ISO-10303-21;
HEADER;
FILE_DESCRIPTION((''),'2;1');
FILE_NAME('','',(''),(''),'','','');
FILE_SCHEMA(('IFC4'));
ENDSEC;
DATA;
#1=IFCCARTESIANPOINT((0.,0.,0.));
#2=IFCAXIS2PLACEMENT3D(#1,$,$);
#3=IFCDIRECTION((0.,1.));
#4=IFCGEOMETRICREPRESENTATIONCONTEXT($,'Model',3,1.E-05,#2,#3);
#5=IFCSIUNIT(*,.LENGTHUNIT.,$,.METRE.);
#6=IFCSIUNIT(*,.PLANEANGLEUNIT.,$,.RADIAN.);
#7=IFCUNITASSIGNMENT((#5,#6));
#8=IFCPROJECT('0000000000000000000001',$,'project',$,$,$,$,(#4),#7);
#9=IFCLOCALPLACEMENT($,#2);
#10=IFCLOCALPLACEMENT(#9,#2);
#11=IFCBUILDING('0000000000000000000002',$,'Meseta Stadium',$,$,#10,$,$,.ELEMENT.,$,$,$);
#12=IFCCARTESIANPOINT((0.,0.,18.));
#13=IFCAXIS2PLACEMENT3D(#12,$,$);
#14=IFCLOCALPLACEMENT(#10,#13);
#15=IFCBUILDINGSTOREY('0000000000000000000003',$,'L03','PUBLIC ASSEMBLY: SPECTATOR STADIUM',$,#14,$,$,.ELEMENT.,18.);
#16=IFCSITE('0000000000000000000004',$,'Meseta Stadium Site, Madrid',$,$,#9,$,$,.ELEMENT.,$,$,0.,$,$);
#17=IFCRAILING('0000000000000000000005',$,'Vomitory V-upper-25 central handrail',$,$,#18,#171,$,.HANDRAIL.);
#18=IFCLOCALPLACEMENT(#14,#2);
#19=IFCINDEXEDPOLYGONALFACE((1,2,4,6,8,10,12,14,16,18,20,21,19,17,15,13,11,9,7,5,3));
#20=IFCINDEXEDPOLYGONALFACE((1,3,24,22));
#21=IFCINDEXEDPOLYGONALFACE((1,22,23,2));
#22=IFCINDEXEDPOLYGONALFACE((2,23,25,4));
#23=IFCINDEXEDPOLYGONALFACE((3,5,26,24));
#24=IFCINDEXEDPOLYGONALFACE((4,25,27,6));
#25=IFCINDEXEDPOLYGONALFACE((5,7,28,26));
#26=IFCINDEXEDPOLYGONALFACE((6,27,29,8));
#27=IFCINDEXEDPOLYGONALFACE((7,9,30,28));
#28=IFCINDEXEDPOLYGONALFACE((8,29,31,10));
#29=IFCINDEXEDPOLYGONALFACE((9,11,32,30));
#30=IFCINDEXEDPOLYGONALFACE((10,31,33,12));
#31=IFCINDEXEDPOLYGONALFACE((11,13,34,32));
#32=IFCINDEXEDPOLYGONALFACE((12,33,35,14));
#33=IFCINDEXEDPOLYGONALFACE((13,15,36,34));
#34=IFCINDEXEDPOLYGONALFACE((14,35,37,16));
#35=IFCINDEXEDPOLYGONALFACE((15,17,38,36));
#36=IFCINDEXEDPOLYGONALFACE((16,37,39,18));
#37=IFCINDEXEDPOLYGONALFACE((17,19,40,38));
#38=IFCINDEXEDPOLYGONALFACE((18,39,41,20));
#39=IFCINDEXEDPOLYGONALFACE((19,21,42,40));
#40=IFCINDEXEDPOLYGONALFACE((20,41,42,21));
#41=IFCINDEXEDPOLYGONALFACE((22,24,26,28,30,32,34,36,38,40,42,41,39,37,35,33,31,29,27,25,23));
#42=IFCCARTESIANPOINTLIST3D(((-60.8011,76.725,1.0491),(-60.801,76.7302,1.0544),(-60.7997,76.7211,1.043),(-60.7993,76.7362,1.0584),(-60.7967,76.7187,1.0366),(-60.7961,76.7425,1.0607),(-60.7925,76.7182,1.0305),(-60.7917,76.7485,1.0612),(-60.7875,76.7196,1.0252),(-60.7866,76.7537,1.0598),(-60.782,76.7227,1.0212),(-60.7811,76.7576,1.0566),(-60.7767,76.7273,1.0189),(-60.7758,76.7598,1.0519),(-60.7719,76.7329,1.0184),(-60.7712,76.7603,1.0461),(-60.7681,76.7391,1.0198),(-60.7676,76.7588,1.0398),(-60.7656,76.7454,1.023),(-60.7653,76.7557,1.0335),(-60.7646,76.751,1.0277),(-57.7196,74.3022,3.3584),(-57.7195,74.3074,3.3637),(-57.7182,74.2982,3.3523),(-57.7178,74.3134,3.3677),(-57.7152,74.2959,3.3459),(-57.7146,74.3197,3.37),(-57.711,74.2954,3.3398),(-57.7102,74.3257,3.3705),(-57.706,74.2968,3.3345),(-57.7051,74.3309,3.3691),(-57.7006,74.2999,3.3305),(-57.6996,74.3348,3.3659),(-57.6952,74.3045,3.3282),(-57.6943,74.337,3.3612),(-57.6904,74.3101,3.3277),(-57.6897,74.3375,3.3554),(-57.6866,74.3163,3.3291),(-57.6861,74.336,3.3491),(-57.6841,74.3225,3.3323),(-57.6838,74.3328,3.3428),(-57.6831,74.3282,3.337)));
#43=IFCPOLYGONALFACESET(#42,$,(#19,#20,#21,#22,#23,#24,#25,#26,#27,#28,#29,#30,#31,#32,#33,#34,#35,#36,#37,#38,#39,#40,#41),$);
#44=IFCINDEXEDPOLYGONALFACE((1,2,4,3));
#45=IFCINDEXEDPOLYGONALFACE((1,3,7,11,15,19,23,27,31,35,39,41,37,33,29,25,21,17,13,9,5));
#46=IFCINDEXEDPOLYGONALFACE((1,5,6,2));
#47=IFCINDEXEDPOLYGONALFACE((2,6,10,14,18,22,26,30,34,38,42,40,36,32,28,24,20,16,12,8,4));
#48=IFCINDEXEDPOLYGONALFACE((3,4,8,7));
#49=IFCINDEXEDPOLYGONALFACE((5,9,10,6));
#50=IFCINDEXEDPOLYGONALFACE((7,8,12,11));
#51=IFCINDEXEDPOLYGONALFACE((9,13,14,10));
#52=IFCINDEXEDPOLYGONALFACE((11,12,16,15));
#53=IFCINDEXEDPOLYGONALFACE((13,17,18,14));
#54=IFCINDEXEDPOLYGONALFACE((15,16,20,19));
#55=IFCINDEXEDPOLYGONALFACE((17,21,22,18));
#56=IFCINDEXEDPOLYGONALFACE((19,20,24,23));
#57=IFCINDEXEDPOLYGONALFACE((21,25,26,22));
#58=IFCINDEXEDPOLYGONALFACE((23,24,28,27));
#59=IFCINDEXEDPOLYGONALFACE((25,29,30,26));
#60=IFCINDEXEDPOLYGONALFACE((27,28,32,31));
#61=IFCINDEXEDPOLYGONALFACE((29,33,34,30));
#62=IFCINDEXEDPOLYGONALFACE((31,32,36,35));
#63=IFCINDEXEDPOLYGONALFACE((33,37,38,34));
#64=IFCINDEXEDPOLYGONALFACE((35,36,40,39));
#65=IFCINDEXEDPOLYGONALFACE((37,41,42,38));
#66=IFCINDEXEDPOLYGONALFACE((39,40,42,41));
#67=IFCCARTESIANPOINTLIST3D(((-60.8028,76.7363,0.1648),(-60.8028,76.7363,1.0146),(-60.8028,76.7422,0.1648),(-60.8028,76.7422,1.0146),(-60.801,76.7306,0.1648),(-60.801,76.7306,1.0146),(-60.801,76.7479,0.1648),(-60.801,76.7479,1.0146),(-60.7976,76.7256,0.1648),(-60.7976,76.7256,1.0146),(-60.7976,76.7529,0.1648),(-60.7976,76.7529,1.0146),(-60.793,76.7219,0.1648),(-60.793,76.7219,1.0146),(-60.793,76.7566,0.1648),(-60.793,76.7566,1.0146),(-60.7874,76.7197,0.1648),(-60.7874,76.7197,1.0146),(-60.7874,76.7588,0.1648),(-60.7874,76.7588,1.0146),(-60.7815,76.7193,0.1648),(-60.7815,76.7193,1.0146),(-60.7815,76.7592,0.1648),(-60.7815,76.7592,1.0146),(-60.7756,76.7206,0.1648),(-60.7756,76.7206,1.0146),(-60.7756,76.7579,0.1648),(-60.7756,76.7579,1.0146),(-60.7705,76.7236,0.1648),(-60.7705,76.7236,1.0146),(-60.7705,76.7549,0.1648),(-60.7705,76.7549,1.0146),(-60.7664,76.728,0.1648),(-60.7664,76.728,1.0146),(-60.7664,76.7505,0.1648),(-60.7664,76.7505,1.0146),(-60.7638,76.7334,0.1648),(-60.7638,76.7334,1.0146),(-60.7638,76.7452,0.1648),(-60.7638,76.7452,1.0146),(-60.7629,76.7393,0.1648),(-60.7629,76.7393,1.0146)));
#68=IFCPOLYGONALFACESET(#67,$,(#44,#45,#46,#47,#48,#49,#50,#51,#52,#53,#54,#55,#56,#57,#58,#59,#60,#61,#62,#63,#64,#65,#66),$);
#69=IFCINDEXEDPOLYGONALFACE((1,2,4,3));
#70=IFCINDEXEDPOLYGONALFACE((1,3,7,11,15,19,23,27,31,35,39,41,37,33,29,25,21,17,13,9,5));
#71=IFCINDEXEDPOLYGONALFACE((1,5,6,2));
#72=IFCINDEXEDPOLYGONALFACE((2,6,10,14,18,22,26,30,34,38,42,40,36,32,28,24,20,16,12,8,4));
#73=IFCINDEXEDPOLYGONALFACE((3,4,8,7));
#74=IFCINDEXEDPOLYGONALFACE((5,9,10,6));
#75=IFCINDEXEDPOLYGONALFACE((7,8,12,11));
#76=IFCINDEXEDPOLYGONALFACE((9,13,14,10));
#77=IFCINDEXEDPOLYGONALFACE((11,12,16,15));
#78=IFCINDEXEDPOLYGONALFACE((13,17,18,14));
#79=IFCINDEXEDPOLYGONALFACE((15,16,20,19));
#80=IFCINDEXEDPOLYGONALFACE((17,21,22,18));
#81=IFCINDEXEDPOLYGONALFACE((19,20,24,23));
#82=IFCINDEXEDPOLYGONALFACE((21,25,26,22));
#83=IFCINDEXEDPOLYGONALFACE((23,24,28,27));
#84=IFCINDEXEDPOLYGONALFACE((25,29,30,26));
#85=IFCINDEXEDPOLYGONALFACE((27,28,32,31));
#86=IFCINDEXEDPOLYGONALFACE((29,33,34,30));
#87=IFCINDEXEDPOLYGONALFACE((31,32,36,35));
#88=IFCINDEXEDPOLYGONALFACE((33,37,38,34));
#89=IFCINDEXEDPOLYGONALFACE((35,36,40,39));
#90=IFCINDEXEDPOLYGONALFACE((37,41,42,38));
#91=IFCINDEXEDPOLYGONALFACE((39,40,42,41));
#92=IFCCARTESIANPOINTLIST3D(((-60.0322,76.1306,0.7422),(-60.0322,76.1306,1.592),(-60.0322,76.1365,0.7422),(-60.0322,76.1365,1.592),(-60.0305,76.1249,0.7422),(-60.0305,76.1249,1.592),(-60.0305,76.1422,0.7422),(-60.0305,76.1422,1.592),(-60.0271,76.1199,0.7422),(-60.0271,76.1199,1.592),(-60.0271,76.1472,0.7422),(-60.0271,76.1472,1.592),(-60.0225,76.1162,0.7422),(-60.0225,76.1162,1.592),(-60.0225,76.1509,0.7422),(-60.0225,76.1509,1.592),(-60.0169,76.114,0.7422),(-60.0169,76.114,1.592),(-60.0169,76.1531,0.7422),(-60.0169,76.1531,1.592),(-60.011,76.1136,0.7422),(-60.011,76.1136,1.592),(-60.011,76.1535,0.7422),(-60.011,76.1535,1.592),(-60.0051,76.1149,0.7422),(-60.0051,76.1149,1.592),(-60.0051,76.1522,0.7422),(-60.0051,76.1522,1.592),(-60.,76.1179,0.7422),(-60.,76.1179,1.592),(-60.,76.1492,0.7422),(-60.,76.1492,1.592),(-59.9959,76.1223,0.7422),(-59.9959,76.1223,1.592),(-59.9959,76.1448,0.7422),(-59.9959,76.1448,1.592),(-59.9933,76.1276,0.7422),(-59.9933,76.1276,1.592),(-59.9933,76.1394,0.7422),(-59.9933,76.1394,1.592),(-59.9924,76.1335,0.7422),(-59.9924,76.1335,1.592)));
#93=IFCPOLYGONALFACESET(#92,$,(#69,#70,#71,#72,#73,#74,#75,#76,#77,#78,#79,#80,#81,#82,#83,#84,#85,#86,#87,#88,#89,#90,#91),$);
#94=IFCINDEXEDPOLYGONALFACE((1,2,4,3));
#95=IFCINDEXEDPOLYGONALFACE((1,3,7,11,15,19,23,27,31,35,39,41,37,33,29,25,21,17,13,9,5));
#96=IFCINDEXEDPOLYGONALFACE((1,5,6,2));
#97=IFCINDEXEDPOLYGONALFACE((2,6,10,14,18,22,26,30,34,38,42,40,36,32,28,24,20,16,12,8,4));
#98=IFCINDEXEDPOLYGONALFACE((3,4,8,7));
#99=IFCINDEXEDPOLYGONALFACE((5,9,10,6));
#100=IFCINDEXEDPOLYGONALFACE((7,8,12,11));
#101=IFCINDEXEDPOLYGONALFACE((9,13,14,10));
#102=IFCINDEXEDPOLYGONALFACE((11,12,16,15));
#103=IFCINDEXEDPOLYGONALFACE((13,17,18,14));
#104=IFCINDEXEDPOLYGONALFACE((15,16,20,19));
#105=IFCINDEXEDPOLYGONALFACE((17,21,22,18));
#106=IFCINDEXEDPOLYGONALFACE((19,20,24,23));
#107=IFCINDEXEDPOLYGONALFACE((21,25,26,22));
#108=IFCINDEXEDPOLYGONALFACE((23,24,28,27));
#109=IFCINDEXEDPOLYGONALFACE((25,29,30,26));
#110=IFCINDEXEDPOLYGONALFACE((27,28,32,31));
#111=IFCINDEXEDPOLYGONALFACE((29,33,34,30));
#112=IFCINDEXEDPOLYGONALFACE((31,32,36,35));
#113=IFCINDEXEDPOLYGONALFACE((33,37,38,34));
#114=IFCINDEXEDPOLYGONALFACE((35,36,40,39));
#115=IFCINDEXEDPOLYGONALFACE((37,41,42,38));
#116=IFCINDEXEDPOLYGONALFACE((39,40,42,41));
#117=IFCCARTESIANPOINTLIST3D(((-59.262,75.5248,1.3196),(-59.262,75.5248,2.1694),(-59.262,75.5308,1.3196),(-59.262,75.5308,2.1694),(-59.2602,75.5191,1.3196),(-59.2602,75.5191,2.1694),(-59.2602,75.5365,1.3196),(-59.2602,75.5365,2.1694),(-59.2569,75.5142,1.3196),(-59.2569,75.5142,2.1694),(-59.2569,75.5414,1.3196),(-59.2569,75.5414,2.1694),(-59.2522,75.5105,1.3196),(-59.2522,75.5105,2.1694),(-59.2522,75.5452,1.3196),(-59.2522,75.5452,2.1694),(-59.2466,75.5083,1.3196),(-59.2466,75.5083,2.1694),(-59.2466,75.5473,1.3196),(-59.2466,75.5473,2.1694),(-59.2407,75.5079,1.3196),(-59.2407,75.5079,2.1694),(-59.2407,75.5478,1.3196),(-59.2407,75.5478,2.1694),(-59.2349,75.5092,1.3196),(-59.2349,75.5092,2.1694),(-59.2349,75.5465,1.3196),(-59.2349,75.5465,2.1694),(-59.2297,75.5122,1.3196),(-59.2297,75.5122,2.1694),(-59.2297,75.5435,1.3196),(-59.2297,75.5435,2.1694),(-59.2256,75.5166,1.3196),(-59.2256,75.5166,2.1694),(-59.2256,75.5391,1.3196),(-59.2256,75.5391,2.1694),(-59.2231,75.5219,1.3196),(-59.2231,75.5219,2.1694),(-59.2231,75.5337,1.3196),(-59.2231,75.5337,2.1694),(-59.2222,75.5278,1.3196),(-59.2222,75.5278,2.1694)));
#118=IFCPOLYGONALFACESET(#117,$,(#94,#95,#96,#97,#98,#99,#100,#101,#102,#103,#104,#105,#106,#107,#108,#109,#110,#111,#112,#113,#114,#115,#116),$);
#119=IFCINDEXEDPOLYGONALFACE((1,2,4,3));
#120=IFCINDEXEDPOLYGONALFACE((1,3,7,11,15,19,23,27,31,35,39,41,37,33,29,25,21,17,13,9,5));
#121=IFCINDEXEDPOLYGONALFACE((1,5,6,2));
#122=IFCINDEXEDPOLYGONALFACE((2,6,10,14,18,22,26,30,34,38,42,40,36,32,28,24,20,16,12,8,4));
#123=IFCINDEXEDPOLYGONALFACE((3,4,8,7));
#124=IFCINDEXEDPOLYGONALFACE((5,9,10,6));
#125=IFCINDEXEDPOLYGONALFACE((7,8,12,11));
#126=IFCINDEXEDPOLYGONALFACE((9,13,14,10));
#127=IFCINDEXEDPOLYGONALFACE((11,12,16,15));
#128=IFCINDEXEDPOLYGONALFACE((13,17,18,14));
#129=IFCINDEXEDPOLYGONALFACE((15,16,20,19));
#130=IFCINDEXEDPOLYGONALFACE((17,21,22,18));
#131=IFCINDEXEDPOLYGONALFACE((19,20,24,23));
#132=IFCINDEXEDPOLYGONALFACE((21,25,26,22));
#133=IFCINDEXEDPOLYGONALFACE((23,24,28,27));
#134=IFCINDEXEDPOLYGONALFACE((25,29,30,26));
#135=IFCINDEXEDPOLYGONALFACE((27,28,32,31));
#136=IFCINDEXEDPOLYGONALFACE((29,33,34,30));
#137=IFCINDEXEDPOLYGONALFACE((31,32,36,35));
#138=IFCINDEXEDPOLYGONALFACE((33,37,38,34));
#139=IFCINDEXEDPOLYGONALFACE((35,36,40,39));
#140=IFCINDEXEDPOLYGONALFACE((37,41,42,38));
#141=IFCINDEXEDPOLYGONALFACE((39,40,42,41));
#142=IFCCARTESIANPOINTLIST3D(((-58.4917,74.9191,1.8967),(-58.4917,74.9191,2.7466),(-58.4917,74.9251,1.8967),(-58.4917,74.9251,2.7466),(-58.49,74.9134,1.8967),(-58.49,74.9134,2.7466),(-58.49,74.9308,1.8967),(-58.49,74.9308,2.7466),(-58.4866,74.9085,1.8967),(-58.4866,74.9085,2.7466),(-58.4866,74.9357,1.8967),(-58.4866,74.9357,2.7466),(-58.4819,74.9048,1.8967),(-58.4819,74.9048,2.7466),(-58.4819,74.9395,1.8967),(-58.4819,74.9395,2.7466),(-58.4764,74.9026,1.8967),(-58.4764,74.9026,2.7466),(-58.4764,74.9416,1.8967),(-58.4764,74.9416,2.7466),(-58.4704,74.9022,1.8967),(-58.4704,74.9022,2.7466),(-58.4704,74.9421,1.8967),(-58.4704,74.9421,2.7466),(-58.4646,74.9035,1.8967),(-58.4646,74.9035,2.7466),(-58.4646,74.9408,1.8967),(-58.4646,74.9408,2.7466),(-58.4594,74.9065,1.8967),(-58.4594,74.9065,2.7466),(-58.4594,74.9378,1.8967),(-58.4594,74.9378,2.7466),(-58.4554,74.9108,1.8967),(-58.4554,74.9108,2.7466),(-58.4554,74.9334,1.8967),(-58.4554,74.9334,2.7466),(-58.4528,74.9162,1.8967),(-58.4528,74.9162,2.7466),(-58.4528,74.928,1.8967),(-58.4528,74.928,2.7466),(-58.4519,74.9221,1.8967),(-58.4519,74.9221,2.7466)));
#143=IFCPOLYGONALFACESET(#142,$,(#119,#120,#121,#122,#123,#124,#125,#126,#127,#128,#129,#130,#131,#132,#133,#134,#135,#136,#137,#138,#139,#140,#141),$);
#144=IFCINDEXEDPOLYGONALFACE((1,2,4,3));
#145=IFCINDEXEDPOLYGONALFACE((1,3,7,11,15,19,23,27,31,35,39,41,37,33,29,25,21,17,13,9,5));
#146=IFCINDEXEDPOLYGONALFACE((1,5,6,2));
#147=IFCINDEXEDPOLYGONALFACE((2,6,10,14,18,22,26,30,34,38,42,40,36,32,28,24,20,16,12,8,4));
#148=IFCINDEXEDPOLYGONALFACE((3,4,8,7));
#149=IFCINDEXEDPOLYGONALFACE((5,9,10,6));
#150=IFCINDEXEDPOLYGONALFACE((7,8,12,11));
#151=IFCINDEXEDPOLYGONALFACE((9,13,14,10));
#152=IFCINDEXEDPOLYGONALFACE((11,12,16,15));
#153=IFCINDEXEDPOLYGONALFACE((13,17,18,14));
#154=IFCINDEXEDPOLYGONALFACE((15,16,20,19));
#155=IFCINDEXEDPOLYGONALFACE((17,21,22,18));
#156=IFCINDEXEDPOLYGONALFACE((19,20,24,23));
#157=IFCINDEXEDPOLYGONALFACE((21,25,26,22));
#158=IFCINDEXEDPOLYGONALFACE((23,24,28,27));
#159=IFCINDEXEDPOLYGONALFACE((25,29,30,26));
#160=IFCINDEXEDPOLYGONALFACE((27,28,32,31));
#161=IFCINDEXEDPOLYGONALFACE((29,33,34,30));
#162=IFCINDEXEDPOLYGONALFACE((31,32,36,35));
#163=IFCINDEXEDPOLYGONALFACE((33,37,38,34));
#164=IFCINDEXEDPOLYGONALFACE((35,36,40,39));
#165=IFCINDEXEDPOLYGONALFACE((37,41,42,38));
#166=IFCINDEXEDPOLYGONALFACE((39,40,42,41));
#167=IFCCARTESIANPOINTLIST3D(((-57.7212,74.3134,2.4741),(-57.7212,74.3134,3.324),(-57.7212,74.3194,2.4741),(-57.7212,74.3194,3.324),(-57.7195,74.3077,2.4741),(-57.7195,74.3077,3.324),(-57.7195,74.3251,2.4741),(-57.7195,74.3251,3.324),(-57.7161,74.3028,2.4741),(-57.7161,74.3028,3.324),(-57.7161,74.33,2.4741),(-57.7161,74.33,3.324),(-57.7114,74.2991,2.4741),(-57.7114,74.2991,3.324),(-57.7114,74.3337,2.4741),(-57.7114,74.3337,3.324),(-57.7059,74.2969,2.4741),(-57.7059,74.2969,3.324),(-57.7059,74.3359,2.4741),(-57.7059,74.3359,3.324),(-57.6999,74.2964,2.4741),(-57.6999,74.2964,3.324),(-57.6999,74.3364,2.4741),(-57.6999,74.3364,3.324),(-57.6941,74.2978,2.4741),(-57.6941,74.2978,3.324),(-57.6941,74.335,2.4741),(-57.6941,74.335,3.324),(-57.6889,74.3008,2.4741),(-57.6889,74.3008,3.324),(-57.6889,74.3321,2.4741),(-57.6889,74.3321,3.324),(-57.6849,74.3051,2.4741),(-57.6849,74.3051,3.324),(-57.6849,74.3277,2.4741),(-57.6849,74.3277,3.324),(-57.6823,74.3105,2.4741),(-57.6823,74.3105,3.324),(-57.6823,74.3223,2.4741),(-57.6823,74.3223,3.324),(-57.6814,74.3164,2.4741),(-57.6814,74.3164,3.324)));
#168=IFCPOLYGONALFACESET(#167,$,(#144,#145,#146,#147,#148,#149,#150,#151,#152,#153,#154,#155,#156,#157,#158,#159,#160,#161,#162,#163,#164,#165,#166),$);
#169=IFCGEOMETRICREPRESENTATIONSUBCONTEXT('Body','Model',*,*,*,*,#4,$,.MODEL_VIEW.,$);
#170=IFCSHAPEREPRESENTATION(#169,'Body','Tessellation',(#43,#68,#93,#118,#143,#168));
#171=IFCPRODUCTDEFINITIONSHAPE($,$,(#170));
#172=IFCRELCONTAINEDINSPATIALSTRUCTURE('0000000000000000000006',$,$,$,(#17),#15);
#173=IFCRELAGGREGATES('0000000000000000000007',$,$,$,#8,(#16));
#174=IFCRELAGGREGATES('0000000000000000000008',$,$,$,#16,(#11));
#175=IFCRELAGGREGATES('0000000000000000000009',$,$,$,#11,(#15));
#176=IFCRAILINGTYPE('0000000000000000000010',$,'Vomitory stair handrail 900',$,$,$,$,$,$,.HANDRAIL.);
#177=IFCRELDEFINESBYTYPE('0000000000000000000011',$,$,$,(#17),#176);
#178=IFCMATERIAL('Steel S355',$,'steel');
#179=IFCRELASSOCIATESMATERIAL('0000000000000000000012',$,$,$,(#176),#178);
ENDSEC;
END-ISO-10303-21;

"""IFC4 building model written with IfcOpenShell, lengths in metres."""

from ifc_helpers import new_model, si_unit, direction, frame, origin, origin_2d, place, context, subcontext, project, spatial, circle, extrude, material, type_object, element, save


model = new_model("IFC4")

# Units and contexts
model_context = context("Model", 3, precision=1e-05, world=origin(), true_north=direction((0.0, 1.0)))
body_context = subcontext(model_context, "Body", "Model", "MODEL_VIEW")
ifc_project = project(units=[si_unit("LENGTHUNIT", "METRE"), si_unit("PLANEANGLEUNIT", "RADIAN")], contexts=[model_context])

# Site, building, storey
site_placement = place(None, origin())
site = spatial("IfcSite", under=ifc_project, at=site_placement, Name="Meseta Stadium Site, Madrid", CompositionType="ELEMENT", RefElevation=0.0)
building_placement = place(site_placement, origin())
building = spatial("IfcBuilding", under=site, at=building_placement, Name="Meseta Stadium", CompositionType="ELEMENT")
storey_placement = place(building_placement, frame((0.0, 0.0, 18.0)))
storey = spatial("IfcBuildingStorey", under=building, at=storey_placement, Name="L03", Description="PUBLIC ASSEMBLY: SPECTATOR STADIUM", CompositionType="ELEMENT", Elevation=18.0)

# Railing
ifc_material_1 = material(Name="Steel S355", Category="steel")
railing_type_1 = type_object("IfcRailingType", Name="Vomitory stair handrail 900", PredefinedType="HANDRAIL", material=ifc_material_1)
railing_1_placement = place(storey_placement, frame((-60.783, 76.7393, 0.1648)))
element("IfcRailing", 1, at=railing_1_placement, inside=storey, type_object=railing_type_1, Name="Vomitory V-upper-25 central handrail", PredefinedType="HANDRAIL", context=body_context, shape_type="SweptSolid", body=[
    extrude(circle(Radius=0.0249, at=origin_2d()), frame((0.0, 0.0, 0.875), z_axis=(0.677318, -0.532539, 0.507586), x_axis=(0.61808, 0.786115, 0.0)), (0.0, 0.0, 1.0), 4.5496),
    extrude(circle(Radius=0.02, at=origin_2d()), origin(), (0.0, 0.0, 1.0), 0.8499),
    extrude(circle(Radius=0.02, at=origin_2d()), frame((0.7705, -0.6057, 0.5774)), (0.0, 0.0, 1.0), 0.8499),
    extrude(circle(Radius=0.02, at=origin_2d()), frame((1.5408, -1.2114, 1.1548)), (0.0, 0.0, 1.0), 0.8499),
    extrude(circle(Radius=0.02, at=origin_2d()), frame((2.311, -1.8171, 1.7319)), (0.0, 0.0, 1.0), 0.8499),
    extrude(circle(Radius=0.02, at=origin_2d()), frame((3.0815, -2.4229, 2.3093)), (0.0, 0.0, 1.0), 0.8499),
])

save(model, "model.ifc")
